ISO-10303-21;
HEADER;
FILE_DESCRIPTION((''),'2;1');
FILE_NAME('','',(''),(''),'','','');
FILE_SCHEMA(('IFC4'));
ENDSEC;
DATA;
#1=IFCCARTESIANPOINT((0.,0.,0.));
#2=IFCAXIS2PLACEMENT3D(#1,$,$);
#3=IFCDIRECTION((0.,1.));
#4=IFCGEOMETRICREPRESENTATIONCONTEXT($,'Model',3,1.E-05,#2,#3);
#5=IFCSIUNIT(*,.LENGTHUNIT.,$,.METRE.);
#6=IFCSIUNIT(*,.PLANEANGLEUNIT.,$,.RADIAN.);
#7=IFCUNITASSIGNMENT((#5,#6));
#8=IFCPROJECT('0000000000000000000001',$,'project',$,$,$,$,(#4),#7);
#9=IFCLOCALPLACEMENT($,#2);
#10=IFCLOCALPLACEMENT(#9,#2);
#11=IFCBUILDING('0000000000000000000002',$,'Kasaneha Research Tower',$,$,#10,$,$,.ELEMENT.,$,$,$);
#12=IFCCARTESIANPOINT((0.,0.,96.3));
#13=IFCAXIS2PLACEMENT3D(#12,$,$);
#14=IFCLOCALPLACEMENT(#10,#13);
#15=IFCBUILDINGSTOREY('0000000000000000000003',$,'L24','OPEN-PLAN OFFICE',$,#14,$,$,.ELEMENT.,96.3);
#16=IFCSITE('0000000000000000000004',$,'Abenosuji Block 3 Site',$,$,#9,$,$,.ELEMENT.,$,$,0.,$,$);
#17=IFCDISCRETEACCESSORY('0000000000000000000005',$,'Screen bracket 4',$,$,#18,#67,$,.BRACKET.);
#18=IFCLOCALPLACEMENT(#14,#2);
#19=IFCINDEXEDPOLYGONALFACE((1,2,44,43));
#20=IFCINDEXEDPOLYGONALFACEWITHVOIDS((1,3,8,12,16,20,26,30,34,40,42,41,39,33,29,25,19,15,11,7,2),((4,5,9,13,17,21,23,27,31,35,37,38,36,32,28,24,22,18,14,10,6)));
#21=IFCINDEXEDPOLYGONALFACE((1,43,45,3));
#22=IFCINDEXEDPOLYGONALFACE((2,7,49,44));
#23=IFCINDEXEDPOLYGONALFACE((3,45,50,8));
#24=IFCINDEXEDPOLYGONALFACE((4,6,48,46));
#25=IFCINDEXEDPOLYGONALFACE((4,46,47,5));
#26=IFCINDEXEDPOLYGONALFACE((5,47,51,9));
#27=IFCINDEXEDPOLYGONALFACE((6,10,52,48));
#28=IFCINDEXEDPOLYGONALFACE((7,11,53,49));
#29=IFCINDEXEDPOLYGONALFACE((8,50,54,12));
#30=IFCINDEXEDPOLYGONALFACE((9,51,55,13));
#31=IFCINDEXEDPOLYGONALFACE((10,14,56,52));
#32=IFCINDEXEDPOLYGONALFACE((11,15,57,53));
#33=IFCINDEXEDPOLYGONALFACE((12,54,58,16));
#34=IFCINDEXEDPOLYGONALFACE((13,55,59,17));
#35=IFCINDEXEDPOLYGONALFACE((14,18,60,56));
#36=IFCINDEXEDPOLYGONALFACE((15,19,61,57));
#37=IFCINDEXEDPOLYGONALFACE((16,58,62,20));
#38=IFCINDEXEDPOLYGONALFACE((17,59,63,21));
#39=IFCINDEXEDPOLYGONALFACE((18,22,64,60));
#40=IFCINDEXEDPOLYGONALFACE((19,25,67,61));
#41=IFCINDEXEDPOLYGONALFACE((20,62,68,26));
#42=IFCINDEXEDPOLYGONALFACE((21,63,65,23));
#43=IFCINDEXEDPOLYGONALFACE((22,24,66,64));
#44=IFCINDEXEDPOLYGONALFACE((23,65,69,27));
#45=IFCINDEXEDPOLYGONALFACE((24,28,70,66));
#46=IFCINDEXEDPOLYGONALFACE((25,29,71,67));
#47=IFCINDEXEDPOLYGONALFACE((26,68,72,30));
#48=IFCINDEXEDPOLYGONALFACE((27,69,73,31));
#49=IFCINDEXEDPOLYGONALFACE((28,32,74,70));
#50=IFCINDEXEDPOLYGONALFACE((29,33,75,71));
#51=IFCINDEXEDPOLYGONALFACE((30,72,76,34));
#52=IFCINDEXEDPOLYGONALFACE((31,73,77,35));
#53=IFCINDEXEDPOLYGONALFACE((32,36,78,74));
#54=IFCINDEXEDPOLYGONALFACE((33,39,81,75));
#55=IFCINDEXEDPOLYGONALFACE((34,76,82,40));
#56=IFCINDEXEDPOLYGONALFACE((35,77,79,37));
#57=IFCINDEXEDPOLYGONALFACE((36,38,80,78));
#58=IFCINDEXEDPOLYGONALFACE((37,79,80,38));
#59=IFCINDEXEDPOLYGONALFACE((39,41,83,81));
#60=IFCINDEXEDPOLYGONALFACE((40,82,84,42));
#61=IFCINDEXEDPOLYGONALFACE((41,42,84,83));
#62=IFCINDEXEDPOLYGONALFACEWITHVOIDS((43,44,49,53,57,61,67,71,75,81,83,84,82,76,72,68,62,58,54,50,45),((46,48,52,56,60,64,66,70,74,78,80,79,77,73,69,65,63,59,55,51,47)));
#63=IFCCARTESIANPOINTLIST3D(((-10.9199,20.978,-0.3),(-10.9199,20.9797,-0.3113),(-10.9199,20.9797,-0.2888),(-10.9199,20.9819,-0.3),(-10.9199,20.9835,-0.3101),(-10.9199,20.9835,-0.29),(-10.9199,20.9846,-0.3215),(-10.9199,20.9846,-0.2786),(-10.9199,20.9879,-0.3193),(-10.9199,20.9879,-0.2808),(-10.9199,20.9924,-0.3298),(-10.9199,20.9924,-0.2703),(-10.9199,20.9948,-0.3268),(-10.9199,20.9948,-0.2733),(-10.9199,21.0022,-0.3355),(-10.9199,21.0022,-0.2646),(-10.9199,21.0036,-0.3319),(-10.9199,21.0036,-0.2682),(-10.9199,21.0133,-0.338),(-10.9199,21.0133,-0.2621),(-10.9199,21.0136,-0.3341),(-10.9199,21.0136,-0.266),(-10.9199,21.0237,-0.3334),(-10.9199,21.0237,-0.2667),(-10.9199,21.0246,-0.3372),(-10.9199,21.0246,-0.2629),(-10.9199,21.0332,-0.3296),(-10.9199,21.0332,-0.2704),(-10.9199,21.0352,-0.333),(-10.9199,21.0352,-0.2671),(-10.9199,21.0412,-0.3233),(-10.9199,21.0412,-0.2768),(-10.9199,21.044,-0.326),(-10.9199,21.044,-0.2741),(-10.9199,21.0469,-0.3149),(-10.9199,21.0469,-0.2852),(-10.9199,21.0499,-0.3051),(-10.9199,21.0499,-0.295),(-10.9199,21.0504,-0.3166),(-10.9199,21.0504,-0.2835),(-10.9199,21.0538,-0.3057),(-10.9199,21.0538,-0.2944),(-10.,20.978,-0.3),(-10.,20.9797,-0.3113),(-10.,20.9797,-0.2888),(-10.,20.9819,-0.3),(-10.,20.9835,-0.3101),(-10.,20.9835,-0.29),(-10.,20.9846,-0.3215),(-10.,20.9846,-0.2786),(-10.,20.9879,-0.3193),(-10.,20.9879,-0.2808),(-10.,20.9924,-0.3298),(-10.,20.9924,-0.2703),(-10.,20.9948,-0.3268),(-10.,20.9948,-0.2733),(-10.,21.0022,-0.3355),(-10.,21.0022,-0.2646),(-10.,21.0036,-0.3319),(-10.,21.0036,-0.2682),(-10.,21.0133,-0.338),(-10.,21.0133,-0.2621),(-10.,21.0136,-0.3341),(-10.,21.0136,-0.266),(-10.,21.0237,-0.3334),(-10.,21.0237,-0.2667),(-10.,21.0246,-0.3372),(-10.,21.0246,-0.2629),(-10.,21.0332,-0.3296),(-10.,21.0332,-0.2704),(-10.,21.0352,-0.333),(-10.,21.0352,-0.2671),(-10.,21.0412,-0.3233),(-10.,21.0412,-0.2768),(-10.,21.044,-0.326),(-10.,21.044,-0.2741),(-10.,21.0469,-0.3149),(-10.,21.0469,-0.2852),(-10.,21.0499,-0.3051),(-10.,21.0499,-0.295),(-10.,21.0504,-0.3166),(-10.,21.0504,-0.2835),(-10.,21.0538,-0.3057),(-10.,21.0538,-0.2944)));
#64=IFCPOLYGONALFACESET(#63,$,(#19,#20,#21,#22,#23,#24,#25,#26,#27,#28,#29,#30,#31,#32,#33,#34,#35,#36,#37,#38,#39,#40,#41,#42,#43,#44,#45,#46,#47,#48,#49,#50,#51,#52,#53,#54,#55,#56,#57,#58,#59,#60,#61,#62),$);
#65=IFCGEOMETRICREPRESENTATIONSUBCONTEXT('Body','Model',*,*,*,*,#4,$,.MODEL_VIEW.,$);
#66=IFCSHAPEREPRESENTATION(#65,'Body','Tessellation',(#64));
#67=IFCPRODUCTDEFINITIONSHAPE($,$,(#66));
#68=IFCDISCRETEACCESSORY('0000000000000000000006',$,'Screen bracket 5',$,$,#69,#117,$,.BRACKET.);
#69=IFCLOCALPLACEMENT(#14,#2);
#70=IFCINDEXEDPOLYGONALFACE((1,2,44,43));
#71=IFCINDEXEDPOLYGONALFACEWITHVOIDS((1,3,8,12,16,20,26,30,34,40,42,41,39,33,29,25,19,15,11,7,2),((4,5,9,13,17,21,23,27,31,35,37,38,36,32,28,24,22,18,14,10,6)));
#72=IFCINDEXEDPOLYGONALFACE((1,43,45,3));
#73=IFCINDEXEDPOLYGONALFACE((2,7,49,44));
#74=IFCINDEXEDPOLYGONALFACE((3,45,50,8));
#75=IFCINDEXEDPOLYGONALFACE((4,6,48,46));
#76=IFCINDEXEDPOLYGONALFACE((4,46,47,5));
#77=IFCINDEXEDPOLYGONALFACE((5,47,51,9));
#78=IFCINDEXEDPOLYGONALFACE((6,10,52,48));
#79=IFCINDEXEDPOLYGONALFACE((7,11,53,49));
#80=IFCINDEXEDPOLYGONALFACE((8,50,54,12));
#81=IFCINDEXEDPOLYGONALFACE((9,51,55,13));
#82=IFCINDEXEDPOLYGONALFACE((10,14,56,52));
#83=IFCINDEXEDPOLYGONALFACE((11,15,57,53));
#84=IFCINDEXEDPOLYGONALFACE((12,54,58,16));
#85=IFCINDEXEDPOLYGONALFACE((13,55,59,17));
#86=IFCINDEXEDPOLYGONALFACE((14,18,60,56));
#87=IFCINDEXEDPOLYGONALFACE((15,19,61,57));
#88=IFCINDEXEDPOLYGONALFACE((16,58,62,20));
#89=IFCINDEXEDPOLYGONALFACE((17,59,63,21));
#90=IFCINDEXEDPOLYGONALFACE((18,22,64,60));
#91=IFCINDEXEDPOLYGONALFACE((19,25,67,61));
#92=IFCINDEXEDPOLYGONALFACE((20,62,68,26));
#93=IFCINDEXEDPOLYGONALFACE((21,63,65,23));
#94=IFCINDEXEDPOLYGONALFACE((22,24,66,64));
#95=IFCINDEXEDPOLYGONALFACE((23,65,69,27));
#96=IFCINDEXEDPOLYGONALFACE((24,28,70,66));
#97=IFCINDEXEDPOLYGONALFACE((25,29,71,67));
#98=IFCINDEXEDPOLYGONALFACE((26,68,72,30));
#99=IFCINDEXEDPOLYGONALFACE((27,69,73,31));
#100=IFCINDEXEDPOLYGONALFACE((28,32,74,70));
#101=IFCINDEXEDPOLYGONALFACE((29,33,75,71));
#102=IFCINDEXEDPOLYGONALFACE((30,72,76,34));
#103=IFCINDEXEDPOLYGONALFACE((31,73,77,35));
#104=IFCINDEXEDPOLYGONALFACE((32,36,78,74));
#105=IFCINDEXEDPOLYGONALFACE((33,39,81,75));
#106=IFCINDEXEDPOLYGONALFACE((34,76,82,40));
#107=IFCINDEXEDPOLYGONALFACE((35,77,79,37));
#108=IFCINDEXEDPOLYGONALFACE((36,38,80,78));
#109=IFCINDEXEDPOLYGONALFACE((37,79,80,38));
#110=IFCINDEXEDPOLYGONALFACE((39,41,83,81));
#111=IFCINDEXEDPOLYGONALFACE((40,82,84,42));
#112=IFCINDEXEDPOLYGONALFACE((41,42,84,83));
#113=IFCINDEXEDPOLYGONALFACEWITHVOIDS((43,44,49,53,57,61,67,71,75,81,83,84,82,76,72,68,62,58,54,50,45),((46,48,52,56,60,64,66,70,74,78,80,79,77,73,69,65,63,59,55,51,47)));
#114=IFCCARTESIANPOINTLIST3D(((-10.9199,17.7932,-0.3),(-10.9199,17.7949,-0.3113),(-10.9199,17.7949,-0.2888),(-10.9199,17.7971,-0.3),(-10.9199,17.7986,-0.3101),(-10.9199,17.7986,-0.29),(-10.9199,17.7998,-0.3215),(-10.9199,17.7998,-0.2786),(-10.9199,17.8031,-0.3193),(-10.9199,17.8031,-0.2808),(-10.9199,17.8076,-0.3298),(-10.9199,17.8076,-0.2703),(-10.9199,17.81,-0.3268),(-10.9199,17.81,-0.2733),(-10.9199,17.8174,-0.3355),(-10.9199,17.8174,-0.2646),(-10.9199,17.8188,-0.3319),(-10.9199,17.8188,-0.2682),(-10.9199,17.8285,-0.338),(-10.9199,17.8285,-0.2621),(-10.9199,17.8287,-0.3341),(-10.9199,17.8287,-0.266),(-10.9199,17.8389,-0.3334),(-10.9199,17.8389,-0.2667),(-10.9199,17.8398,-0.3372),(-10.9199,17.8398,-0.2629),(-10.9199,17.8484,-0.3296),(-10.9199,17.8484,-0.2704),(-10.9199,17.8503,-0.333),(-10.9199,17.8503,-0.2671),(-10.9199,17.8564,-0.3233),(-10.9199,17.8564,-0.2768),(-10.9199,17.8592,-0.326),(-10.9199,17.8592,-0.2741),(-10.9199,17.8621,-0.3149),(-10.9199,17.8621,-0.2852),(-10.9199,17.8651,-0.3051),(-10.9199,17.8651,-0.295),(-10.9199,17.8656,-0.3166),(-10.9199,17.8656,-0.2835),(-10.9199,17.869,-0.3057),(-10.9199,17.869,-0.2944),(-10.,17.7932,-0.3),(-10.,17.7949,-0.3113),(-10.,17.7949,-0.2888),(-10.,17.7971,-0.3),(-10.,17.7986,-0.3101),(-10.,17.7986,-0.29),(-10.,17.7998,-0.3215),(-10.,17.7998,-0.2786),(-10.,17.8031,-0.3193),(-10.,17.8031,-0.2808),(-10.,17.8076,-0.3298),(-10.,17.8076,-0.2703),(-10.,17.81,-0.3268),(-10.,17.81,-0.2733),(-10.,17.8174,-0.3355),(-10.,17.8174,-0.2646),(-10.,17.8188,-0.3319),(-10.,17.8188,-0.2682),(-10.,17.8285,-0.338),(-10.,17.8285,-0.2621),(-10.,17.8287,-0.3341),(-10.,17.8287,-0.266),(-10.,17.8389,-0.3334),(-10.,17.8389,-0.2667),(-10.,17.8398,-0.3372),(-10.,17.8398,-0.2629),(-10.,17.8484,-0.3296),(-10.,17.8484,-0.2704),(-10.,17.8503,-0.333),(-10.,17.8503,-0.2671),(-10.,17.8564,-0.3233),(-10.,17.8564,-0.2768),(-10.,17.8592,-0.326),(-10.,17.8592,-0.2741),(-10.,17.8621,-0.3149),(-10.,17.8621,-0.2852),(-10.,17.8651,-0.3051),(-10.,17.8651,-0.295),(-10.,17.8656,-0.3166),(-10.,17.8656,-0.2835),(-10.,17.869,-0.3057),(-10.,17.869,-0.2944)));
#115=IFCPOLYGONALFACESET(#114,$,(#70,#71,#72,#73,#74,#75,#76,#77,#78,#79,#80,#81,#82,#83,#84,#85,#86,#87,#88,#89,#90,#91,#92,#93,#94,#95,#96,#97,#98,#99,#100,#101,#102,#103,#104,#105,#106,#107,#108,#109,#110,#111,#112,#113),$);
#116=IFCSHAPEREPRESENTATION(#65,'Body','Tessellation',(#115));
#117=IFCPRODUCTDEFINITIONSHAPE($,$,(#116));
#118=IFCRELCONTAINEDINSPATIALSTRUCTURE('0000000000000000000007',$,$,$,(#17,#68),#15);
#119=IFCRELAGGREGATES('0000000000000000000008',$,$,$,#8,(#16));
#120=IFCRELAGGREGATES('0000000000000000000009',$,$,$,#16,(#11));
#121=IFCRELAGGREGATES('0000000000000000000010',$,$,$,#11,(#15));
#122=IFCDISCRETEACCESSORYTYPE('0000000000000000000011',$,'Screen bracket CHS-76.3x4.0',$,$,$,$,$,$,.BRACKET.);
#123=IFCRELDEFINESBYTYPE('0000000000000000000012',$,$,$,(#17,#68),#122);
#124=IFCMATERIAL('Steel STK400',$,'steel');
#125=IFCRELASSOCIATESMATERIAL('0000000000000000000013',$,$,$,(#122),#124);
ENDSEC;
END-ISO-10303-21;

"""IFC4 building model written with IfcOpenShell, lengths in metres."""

from ifc_helpers import new_model, si_unit, direction, frame, origin, origin_2d, place, context, subcontext, project, spatial, hollow_circle, extrude, material, material_profile, profile_set, type_object, element, save


model = new_model("IFC4")

# Units and contexts
model_context = context("Model", 3, precision=1e-05, world=origin(), true_north=direction((0.0, 1.0)))
body_context = subcontext(model_context, "Body", "Model", "MODEL_VIEW")
ifc_project = project(units=[si_unit("LENGTHUNIT", "METRE"), si_unit("PLANEANGLEUNIT", "RADIAN")], contexts=[model_context])

# Site, building, storey
site_placement = place(None, origin())
site = spatial("IfcSite", under=ifc_project, at=site_placement, Name="Abenosuji Block 3 Site", CompositionType="ELEMENT", RefElevation=0.0)
building_placement = place(site_placement, origin())
building = spatial("IfcBuilding", under=site, at=building_placement, Name="Kasaneha Research Tower", CompositionType="ELEMENT")
storey_placement = place(building_placement, frame((0.0, 0.0, 96.3)))
storey = spatial("IfcBuildingStorey", under=building, at=storey_placement, Name="L24", Description="OPEN-PLAN OFFICE", CompositionType="ELEMENT", Elevation=96.3)

# Discrete accessories
ifc_material_1 = material(Name="Steel STK400", Category="steel")
ifc_material_profile_1 = material_profile(ifc_material_1, hollow_circle(Radius=0.0381, WallThickness=0.0039, at=origin_2d()), Name="CHS-76.3x4.0")
ifc_profile_set_1 = profile_set([ifc_material_profile_1], Name="Steel STK400")
discrete_accessory_type = type_object("IfcDiscreteAccessoryType", Name="Screen bracket CHS-76.3x4.0", PredefinedType="BRACKET", material=ifc_profile_set_1)
for number, where, z_axis, x_axis, name in (
    (1, (-10.0, 21.0161, -0.3), (-1.0, 0.0, 0.0), (0.0, -1.0, 0.0), "Screen bracket 4"),
    (2, (-10.0, 17.8313, -0.3), (-1.0, 0.0, 0.0), (0.0, -1.0, 0.0), "Screen bracket 5"),
):
    element("IfcDiscreteAccessory", number, at=place(storey_placement, frame(where, z_axis=z_axis, x_axis=x_axis)), inside=storey, type_object=discrete_accessory_type, Name=name, PredefinedType="BRACKET", context=body_context, shape_type="SweptSolid", body=[
        extrude(hollow_circle(Radius=0.0381, WallThickness=0.0039, at=origin_2d()), origin(), (0.0, 0.0, 1.0), 0.9199),
    ])

save(model, "model.ifc")
